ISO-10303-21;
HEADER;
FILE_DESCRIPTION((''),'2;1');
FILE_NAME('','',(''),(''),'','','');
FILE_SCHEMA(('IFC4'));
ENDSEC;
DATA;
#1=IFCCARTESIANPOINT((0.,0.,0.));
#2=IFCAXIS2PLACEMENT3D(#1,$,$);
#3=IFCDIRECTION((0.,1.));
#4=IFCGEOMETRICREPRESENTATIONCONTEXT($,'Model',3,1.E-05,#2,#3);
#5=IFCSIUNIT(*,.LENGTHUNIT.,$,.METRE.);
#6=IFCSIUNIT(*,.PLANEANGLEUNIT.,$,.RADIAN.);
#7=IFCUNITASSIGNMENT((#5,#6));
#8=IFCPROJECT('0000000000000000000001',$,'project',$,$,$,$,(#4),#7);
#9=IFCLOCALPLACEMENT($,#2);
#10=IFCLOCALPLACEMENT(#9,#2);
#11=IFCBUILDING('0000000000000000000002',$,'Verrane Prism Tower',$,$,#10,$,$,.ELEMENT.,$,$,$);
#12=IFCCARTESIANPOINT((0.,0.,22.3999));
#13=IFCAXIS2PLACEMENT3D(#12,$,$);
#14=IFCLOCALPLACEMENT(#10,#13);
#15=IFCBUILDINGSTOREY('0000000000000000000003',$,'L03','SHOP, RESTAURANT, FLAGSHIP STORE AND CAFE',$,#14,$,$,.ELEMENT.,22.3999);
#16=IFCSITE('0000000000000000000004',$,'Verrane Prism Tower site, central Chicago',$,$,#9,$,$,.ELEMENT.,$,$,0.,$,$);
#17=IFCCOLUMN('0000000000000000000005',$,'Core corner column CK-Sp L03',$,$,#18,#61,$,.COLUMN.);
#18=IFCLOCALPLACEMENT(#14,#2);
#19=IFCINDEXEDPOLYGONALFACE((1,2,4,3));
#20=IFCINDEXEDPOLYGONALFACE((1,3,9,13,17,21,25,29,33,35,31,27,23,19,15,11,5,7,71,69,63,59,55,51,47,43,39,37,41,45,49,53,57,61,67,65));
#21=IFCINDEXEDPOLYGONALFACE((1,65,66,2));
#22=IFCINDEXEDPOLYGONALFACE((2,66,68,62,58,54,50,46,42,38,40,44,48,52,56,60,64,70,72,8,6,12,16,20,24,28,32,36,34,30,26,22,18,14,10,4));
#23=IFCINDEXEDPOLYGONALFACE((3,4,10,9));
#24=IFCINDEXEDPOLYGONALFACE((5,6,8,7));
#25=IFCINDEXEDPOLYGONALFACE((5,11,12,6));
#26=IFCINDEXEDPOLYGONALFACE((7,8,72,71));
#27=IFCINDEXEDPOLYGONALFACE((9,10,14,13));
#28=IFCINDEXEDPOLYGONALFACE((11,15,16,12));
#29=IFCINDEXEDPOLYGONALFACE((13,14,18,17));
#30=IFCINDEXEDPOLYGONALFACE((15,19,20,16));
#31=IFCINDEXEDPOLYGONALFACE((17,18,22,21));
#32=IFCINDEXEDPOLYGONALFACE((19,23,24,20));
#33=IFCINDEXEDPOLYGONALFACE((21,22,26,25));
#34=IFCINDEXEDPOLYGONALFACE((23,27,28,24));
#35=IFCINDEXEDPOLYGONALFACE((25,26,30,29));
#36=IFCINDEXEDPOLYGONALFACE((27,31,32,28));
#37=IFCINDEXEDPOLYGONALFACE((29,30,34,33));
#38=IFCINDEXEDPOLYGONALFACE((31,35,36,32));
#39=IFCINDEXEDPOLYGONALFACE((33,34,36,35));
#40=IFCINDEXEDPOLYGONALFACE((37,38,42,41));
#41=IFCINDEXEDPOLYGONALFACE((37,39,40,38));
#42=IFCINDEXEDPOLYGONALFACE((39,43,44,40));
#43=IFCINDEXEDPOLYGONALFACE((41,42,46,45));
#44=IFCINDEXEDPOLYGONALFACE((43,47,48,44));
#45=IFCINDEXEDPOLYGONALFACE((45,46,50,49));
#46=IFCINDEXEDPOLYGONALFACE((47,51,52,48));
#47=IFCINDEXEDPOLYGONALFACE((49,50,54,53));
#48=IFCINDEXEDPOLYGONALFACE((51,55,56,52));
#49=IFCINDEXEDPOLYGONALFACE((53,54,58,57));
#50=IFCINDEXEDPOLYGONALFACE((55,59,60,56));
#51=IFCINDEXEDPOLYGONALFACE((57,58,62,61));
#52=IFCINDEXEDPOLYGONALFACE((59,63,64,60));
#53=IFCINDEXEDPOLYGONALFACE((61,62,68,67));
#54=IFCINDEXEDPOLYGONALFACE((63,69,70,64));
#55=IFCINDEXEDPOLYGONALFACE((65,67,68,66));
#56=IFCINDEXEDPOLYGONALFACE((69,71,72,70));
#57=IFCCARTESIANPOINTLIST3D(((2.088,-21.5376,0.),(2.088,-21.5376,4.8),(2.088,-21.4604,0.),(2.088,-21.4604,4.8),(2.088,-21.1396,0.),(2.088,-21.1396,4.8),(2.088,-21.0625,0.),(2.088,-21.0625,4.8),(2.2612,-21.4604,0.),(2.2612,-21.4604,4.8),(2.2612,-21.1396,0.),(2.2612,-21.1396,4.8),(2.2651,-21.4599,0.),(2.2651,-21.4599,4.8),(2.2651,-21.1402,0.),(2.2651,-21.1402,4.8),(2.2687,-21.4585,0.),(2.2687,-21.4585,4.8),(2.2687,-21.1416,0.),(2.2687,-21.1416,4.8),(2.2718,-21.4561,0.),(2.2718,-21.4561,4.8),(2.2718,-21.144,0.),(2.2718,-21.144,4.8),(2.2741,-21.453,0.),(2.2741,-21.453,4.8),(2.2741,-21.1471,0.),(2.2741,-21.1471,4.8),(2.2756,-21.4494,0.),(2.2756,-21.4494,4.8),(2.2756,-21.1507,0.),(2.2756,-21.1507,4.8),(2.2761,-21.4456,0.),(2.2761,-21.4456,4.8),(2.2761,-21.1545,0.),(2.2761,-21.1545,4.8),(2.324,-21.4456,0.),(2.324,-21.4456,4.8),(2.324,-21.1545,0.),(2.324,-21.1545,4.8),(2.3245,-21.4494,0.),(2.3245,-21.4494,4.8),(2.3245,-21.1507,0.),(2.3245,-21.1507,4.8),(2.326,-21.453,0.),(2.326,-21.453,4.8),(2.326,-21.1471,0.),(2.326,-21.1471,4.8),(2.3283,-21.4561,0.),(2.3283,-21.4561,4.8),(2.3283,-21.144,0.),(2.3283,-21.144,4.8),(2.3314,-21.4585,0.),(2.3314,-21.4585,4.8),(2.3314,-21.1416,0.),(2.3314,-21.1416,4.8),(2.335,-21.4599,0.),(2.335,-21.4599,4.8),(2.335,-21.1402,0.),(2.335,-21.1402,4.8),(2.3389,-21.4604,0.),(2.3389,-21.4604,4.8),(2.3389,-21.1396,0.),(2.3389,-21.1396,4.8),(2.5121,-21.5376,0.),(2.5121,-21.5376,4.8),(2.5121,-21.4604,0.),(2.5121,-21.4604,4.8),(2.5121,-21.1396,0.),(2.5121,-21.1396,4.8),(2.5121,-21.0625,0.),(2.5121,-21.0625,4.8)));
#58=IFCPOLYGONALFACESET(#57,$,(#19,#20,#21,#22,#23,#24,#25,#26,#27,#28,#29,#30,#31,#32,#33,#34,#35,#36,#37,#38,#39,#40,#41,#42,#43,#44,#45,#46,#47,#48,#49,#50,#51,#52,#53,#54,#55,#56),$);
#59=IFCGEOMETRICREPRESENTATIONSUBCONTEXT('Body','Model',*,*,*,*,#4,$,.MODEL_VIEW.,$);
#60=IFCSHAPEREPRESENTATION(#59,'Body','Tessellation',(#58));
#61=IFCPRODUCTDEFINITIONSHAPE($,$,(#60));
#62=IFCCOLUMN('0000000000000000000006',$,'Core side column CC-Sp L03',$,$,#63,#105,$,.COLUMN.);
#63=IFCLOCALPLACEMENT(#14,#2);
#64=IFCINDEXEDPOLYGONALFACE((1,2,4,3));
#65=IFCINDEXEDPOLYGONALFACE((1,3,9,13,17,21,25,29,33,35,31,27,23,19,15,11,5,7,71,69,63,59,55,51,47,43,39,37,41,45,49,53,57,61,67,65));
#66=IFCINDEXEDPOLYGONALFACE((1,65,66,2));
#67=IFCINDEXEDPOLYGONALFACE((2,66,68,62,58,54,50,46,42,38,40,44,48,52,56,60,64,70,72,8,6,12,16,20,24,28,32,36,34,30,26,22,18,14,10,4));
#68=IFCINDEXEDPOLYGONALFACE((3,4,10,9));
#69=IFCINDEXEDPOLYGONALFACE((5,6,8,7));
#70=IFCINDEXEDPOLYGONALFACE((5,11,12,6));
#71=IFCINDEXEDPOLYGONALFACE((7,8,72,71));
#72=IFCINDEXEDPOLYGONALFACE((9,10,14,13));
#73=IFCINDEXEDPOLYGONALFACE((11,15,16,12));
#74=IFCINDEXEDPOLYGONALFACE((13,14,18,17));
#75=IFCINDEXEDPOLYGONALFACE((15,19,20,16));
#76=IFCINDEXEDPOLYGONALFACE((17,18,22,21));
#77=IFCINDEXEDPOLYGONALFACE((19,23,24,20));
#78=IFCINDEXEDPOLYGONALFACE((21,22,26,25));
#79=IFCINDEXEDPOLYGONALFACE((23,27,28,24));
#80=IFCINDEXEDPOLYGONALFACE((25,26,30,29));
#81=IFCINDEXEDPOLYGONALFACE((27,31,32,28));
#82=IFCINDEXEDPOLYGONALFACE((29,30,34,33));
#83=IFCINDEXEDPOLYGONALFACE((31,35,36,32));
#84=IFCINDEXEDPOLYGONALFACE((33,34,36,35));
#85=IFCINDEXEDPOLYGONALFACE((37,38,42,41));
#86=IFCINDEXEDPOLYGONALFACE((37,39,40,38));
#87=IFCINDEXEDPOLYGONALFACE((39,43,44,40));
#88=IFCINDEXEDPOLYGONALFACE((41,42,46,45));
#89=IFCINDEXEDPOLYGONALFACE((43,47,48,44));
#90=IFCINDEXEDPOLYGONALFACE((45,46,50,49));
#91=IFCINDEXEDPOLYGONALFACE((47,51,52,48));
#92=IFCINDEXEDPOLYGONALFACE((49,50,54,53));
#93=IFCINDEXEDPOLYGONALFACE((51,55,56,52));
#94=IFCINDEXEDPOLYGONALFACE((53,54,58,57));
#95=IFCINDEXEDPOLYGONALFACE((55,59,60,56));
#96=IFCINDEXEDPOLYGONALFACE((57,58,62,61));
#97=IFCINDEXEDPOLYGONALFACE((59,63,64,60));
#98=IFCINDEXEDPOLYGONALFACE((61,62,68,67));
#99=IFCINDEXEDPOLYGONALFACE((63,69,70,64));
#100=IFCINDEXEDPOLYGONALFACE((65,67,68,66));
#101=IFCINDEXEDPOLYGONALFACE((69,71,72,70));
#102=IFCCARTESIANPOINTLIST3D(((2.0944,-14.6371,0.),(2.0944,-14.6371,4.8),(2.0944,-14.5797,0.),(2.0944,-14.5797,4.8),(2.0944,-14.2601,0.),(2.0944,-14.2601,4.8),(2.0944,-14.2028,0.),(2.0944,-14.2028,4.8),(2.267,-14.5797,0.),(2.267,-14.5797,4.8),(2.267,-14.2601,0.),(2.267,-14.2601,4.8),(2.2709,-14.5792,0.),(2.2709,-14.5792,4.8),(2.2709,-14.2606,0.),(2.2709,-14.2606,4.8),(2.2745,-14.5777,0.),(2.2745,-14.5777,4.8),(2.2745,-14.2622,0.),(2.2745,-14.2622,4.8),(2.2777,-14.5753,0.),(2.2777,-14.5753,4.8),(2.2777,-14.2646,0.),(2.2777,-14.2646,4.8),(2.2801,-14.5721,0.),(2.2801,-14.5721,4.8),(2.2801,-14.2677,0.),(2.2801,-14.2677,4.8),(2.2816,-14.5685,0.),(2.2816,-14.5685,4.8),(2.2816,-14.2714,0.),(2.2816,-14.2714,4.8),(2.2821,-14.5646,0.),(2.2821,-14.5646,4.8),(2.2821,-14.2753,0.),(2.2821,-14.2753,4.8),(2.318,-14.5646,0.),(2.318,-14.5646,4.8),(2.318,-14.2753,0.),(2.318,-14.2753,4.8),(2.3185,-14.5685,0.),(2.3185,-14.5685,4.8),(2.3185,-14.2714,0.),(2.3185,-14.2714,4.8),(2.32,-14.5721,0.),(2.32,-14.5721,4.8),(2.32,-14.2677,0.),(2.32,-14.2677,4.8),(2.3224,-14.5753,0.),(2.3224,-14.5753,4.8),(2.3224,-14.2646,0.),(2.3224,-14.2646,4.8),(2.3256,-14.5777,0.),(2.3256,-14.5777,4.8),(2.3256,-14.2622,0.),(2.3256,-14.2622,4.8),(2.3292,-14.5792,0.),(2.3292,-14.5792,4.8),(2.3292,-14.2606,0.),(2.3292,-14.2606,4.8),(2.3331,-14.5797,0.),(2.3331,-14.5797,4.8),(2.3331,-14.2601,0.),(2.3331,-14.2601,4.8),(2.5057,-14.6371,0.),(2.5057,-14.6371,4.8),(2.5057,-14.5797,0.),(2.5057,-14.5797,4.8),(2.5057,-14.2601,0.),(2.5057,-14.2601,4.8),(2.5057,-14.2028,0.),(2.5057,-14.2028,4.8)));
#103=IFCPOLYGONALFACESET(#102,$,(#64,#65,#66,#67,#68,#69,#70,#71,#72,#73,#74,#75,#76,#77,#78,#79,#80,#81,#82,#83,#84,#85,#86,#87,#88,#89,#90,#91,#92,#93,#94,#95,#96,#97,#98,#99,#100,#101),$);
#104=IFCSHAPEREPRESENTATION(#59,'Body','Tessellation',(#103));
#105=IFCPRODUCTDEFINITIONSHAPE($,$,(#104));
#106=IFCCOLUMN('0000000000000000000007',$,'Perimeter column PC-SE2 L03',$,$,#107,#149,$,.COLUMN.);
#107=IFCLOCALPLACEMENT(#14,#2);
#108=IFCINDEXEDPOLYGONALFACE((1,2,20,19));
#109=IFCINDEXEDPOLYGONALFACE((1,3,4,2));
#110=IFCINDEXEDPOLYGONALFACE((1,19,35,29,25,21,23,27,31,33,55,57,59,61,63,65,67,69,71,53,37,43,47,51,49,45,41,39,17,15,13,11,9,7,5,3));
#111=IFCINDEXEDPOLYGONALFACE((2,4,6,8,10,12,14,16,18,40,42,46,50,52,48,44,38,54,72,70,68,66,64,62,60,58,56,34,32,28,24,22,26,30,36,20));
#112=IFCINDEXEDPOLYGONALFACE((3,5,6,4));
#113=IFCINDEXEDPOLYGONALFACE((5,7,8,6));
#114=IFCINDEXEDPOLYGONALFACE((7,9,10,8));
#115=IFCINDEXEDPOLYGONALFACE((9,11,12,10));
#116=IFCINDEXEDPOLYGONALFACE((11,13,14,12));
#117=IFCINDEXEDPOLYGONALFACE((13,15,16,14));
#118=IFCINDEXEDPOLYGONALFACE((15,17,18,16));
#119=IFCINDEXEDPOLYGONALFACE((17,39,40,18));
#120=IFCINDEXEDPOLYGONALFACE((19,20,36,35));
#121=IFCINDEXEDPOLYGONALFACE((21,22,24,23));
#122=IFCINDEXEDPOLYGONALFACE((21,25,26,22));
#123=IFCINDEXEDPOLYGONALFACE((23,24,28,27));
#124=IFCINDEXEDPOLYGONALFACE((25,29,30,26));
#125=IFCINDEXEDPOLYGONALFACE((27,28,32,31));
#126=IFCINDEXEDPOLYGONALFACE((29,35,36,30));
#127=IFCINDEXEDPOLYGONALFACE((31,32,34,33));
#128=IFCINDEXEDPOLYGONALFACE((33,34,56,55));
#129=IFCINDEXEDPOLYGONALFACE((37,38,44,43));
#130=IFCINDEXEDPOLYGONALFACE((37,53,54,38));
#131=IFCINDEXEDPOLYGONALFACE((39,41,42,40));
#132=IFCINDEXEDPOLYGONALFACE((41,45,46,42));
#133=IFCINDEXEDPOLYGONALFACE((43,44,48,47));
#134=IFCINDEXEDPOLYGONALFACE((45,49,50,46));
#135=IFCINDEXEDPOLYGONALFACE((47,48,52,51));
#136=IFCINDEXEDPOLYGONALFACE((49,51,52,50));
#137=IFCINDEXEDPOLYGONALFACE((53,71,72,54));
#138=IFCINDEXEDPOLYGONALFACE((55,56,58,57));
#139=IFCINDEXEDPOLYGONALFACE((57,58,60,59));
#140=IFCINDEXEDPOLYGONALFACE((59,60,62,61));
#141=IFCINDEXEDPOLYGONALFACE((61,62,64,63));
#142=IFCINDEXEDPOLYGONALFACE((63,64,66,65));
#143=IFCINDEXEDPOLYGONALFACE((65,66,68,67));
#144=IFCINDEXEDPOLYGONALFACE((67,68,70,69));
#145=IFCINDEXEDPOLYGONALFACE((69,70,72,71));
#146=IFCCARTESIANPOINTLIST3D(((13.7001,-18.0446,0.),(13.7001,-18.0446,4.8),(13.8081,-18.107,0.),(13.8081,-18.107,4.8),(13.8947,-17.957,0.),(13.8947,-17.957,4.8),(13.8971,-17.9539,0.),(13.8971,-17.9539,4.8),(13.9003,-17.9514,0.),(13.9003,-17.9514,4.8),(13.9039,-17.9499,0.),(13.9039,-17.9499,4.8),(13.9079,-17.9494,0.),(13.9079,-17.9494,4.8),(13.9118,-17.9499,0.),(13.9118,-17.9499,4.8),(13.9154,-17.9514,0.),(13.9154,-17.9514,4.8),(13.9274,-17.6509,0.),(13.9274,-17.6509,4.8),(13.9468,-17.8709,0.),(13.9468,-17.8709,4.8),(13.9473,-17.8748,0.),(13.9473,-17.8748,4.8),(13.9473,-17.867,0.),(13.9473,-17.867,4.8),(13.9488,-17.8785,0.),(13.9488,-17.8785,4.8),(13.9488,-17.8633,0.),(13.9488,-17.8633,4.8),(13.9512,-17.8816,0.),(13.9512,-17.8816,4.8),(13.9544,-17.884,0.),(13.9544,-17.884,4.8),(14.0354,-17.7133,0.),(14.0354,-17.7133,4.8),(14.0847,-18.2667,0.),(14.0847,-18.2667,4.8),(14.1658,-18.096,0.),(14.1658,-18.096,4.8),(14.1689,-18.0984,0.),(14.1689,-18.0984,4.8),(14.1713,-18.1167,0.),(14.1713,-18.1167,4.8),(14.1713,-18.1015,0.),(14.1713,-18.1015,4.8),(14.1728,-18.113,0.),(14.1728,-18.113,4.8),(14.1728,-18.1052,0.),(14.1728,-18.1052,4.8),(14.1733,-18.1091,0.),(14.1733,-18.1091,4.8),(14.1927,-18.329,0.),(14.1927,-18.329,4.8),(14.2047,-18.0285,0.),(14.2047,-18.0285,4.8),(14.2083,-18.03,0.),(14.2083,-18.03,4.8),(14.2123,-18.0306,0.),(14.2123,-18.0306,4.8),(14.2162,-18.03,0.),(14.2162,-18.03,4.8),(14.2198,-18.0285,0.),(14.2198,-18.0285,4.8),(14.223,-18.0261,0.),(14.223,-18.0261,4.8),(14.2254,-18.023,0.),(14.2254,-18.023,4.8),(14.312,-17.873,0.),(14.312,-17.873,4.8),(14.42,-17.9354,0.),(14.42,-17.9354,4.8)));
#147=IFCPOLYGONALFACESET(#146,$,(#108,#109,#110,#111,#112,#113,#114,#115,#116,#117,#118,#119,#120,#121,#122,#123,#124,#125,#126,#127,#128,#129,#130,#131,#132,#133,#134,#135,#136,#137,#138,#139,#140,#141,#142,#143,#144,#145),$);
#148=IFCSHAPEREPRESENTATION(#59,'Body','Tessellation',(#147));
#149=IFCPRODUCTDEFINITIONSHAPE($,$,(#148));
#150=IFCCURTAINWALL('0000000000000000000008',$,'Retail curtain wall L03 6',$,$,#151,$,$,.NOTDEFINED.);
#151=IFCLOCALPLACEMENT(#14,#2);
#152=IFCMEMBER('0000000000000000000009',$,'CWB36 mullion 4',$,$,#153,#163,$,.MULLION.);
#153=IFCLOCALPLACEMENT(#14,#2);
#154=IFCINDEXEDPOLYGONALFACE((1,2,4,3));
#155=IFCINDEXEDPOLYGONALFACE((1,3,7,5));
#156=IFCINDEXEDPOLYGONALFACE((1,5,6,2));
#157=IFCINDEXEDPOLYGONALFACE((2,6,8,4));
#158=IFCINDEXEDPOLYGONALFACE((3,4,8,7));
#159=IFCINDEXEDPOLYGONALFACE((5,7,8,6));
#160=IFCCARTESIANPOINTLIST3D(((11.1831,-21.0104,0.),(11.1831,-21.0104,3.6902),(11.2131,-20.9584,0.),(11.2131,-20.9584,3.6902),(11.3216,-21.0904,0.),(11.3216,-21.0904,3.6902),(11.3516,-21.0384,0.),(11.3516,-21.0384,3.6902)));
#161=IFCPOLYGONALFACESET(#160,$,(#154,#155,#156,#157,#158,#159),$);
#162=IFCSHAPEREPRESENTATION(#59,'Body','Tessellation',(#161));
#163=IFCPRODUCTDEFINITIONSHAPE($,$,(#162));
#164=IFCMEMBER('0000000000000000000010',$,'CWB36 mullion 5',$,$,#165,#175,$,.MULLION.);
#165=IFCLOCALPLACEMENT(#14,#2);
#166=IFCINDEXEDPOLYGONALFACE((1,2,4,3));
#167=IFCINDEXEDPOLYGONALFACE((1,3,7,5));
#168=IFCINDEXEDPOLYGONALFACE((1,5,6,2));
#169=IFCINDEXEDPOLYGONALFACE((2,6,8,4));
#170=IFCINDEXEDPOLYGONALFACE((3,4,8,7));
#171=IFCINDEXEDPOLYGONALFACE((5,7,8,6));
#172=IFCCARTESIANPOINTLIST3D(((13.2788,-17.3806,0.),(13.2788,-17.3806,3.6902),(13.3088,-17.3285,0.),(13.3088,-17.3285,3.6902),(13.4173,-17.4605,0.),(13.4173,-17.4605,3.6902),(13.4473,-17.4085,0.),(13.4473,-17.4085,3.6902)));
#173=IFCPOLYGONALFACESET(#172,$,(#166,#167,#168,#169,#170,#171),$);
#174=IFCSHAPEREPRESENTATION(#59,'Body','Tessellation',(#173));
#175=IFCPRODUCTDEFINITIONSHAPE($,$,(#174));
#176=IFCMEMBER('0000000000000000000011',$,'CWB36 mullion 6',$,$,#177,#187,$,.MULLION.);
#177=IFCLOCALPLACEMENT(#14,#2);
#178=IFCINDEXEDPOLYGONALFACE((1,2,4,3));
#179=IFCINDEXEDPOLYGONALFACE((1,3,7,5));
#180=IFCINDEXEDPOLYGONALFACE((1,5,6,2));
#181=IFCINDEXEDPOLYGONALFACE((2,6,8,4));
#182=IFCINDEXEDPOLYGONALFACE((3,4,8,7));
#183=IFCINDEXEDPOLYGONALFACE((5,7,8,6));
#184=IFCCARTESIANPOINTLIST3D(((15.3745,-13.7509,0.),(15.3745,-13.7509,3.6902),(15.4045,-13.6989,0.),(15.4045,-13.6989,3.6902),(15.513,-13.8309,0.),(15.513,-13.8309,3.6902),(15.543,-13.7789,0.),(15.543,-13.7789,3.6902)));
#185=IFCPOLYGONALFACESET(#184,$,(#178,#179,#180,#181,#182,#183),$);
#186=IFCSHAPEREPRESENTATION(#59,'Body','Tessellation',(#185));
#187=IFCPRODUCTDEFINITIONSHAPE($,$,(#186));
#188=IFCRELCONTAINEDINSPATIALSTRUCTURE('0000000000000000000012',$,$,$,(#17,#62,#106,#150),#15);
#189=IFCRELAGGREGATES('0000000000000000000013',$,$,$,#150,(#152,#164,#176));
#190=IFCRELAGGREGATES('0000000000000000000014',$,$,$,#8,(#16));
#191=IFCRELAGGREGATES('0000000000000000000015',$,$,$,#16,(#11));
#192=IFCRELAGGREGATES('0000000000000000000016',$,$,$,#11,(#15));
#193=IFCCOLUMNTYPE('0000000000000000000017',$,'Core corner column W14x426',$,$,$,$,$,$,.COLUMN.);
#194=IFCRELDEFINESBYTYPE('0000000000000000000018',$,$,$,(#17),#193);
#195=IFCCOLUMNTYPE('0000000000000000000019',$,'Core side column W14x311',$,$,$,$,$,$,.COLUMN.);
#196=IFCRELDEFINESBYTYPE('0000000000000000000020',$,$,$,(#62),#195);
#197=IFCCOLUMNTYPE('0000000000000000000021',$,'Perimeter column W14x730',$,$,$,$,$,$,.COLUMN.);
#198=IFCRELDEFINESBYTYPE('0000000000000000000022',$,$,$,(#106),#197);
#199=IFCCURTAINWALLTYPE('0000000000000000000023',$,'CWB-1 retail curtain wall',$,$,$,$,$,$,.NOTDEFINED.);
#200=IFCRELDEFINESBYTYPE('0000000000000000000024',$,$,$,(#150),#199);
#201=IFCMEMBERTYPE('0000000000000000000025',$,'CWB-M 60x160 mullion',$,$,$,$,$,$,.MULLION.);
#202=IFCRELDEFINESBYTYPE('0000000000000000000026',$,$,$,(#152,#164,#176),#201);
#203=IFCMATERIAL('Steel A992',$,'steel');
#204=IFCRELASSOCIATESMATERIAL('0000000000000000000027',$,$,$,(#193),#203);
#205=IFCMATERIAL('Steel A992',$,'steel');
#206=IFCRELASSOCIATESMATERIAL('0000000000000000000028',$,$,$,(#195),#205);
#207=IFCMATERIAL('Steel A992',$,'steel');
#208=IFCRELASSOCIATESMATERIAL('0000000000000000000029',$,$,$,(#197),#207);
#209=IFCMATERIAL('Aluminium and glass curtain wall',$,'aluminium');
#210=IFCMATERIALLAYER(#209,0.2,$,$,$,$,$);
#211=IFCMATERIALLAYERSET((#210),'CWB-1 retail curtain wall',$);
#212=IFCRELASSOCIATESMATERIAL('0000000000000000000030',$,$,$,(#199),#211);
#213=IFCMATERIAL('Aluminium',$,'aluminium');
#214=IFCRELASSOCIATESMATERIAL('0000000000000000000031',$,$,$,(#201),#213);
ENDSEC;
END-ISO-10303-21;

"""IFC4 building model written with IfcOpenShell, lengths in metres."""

from ifc_helpers import new_model, si_unit, direction, frame, origin, origin_2d, place, context, subcontext, project, spatial, rectangle, i_section, extrude, material, layer, layer_set, material_profile, profile_set, type_object, element, aggregate, save


model = new_model("IFC4")

# Units and contexts
model_context = context("Model", 3, precision=1e-05, world=origin(), true_north=direction((0.0, 1.0)))
body_context = subcontext(model_context, "Body", "Model", "MODEL_VIEW")
ifc_project = project(units=[si_unit("LENGTHUNIT", "METRE"), si_unit("PLANEANGLEUNIT", "RADIAN")], contexts=[model_context])

# Site, building, storey
site_placement = place(None, origin())
site = spatial("IfcSite", under=ifc_project, at=site_placement, Name="Verrane Prism Tower site, central Chicago", CompositionType="ELEMENT", RefElevation=0.0)
building_placement = place(site_placement, origin())
building = spatial("IfcBuilding", under=site, at=building_placement, Name="Verrane Prism Tower", CompositionType="ELEMENT")
storey_placement = place(building_placement, frame((0.0, 0.0, 22.3999)))
storey = spatial("IfcBuildingStorey", under=building, at=storey_placement, Name="L03", Description="SHOP, RESTAURANT, FLAGSHIP STORE AND CAFE", CompositionType="ELEMENT", Elevation=22.3999)

# Columns
ifc_material_1 = material(Name="Steel A992", Category="steel")
ifc_material_profile_1 = material_profile(ifc_material_1, i_section(OverallWidth=0.4241, OverallDepth=0.4751, WebThickness=0.0479, FlangeThickness=0.0771, FilletRadius=0.0149, at=origin_2d()), Name="W14x426")
ifc_profile_set_1 = profile_set([ifc_material_profile_1], Name="Steel A992")
column_type_1 = type_object("IfcColumnType", Name="Core corner column W14x426", PredefinedType="COLUMN", material=ifc_profile_set_1)
column_1_placement = place(storey_placement, frame((2.3, -21.3, 0.0), z_axis=(0.0, 0.0, 1.0), x_axis=(-1.0, 0.0, 0.0)))
element("IfcColumn", 1, at=column_1_placement, inside=storey, type_object=column_type_1, Name="Core corner column CK-Sp L03", PredefinedType="COLUMN", context=body_context, shape_type="SweptSolid", body=[
    extrude(i_section(OverallWidth=0.4241, OverallDepth=0.4751, WebThickness=0.0479, FlangeThickness=0.0771, FilletRadius=0.0149, at=origin_2d()), origin(), (0.0, 0.0, 1.0), 4.8),
])
ifc_material_2 = material(Name="Steel A992", Category="steel")
ifc_material_profile_2 = material_profile(ifc_material_2, i_section(OverallWidth=0.4114, OverallDepth=0.4343, WebThickness=0.0359, FlangeThickness=0.0574, FilletRadius=0.0151, at=origin_2d()), Name="W14x311")
ifc_profile_set_2 = profile_set([ifc_material_profile_2], Name="Steel A992")
column_type_2 = type_object("IfcColumnType", Name="Core side column W14x311", PredefinedType="COLUMN", material=ifc_profile_set_2)
column_2_placement = place(storey_placement, frame((2.3, -14.4199, 0.0), z_axis=(0.0, 0.0, 1.0), x_axis=(1.0, 0.0, 0.0)))
element("IfcColumn", 2, at=column_2_placement, inside=storey, type_object=column_type_2, Name="Core side column CC-Sp L03", PredefinedType="COLUMN", context=body_context, shape_type="SweptSolid", body=[
    extrude(i_section(OverallWidth=0.4114, OverallDepth=0.4343, WebThickness=0.0359, FlangeThickness=0.0574, FilletRadius=0.0151, at=origin_2d()), origin(), (0.0, 0.0, 1.0), 4.8),
])
ifc_material_3 = material(Name="Steel A992", Category="steel")
ifc_material_profile_3 = material_profile(ifc_material_3, i_section(OverallWidth=0.4546, OverallDepth=0.5688, WebThickness=0.0779, FlangeThickness=0.1248, FilletRadius=0.0151, at=origin_2d()), Name="W14x730")
ifc_profile_set_3 = profile_set([ifc_material_profile_3], Name="Steel A992")
column_type_3 = type_object("IfcColumnType", Name="Perimeter column W14x730", PredefinedType="COLUMN", material=ifc_profile_set_3)
column_3_placement = place(storey_placement, frame((14.0601, -17.99, 0.0), z_axis=(0.0, 0.0, 1.0), x_axis=(-0.5, -0.866025, 0.0)))
element("IfcColumn", 3, at=column_3_placement, inside=storey, type_object=column_type_3, Name="Perimeter column PC-SE2 L03", PredefinedType="COLUMN", context=body_context, shape_type="SweptSolid", body=[
    extrude(i_section(OverallWidth=0.4546, OverallDepth=0.5688, WebThickness=0.0779, FlangeThickness=0.1248, FilletRadius=0.0151, at=origin_2d()), origin(), (0.0, 0.0, 1.0), 4.8),
])

# Curtain wall, members
ifc_material_4 = material(Name="Aluminium and glass curtain wall", Category="aluminium")
ifc_layer_1 = layer(ifc_material_4, 0.2)
ifc_layer_set_1 = layer_set([ifc_layer_1], Name="CWB-1 retail curtain wall")
curtain_wall_type = type_object("IfcCurtainWallType", Name="CWB-1 retail curtain wall", PredefinedType="NOTDEFINED", material=ifc_layer_set_1)
curtain_wall_placement = place(storey_placement, origin())
curtain_wall = element("IfcCurtainWall", 4, at=curtain_wall_placement, inside=storey, type_object=curtain_wall_type, Name="Retail curtain wall L03 6", PredefinedType="NOTDEFINED")
ifc_material_5 = material(Name="Aluminium", Category="aluminium")
ifc_material_profile_4 = material_profile(ifc_material_5, rectangle(XDim=0.1599, YDim=0.0601, at=origin_2d()), Name="CWB-M 60x160 mullion")
ifc_profile_set_4 = profile_set([ifc_material_profile_4], Name="Aluminium")
member_type_1 = type_object("IfcMemberType", Name="CWB-M 60x160 mullion", PredefinedType="MULLION", material=ifc_profile_set_4)
member_1_placement = place(storey_placement, frame((11.2673, -21.0244, 0.0), z_axis=(0.0, 0.0, 1.0), x_axis=(-0.866025, 0.5, 0.0)))
member_1 = element("IfcMember", 5, at=member_1_placement, type_object=member_type_1, Name="CWB36 mullion 4", PredefinedType="MULLION", context=body_context, shape_type="SweptSolid", body=[
    extrude(rectangle(XDim=0.1599, YDim=0.0601, at=origin_2d()), origin(), (0.0, 0.0, 1.0), 3.6902),
])
member_2_placement = place(storey_placement, frame((13.363, -17.3945, 0.0), z_axis=(0.0, 0.0, 1.0), x_axis=(-0.866025, 0.5, 0.0)))
member_2 = element("IfcMember", 6, at=member_2_placement, type_object=member_type_1, Name="CWB36 mullion 5", PredefinedType="MULLION", context=body_context, shape_type="SweptSolid", body=[
    extrude(rectangle(XDim=0.1599, YDim=0.0601, at=origin_2d()), origin(), (0.0, 0.0, 1.0), 3.6902),
])
member_3_placement = place(storey_placement, frame((15.4587, -13.7649, 0.0), z_axis=(0.0, 0.0, 1.0), x_axis=(-0.866025, 0.5, 0.0)))
member_3 = element("IfcMember", 7, at=member_3_placement, type_object=member_type_1, Name="CWB36 mullion 6", PredefinedType="MULLION", context=body_context, shape_type="SweptSolid", body=[
    extrude(rectangle(XDim=0.1599, YDim=0.0601, at=origin_2d()), origin(), (0.0, 0.0, 1.0), 3.6902),
])

aggregate(curtain_wall, [member_1, member_2, member_3])

save(model, "model.ifc")
